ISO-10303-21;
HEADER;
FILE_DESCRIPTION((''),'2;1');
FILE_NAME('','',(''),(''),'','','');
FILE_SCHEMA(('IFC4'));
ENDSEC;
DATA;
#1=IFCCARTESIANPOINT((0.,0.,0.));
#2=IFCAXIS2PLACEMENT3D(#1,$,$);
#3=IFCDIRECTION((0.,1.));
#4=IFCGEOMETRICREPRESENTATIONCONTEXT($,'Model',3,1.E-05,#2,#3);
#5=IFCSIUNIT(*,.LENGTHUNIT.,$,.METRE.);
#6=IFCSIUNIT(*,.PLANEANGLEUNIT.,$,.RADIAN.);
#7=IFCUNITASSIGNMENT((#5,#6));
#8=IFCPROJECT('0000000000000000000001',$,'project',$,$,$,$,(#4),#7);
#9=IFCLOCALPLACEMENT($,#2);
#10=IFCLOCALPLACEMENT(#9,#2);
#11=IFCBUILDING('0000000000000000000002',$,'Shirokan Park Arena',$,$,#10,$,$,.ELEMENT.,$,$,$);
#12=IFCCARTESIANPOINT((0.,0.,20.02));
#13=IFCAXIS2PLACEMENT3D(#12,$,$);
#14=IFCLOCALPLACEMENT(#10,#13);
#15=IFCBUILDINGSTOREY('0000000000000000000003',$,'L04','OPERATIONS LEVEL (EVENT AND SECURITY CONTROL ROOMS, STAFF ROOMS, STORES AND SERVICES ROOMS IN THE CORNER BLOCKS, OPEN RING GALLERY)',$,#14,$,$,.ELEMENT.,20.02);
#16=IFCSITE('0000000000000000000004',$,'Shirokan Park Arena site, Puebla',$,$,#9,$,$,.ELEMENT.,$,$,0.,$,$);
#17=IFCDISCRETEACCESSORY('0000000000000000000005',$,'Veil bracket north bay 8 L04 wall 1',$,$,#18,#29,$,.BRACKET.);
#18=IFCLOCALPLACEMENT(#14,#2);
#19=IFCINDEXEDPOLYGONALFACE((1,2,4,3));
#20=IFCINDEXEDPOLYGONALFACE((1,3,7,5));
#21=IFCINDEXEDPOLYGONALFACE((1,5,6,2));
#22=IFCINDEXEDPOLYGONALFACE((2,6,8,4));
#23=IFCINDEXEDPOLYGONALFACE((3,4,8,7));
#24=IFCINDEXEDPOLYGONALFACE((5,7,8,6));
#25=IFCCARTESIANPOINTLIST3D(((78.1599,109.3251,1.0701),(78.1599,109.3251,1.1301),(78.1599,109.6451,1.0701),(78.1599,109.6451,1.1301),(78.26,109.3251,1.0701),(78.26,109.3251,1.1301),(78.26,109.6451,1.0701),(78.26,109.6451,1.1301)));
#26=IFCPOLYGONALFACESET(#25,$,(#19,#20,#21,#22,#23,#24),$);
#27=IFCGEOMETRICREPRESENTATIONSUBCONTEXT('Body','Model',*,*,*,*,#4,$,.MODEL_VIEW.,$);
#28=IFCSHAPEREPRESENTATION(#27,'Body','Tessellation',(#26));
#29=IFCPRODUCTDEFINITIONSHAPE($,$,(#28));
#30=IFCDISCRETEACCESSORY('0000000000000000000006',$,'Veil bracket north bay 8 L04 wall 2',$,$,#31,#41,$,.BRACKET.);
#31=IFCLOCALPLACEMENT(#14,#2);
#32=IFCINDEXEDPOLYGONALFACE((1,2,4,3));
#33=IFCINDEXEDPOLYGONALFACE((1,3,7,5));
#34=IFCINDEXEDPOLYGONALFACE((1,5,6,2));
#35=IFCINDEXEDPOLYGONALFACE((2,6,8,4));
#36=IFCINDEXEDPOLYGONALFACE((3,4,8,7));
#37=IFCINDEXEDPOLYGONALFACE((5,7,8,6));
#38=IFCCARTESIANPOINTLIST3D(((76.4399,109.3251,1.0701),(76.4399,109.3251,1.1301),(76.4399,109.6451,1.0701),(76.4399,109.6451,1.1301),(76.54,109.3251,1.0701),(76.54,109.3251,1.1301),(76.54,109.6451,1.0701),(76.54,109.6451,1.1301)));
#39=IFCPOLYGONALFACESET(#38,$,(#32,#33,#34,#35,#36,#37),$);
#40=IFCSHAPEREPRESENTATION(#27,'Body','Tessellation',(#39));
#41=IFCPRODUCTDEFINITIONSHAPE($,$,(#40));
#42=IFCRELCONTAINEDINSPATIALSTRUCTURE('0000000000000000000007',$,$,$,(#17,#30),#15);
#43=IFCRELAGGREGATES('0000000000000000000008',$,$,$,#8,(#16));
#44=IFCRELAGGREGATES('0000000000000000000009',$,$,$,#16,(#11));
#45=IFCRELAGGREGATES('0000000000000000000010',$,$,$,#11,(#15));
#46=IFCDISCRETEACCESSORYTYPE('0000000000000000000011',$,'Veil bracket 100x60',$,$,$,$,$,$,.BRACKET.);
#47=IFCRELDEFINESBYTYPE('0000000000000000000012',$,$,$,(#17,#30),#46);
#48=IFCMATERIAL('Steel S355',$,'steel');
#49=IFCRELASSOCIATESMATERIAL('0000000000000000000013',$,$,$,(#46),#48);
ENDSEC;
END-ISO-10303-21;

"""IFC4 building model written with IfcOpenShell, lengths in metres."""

from ifc_helpers import new_model, si_unit, direction, frame, origin, origin_2d, place, context, subcontext, project, spatial, rectangle, extrude, material, type_object, element, save


model = new_model("IFC4")

# Units and contexts
model_context = context("Model", 3, precision=1e-05, world=origin(), true_north=direction((0.0, 1.0)))
body_context = subcontext(model_context, "Body", "Model", "MODEL_VIEW")
ifc_project = project(units=[si_unit("LENGTHUNIT", "METRE"), si_unit("PLANEANGLEUNIT", "RADIAN")], contexts=[model_context])

# Site, building, storey
site_placement = place(None, origin())
site = spatial("IfcSite", under=ifc_project, at=site_placement, Name="Shirokan Park Arena site, Puebla", CompositionType="ELEMENT", RefElevation=0.0)
building_placement = place(site_placement, origin())
building = spatial("IfcBuilding", under=site, at=building_placement, Name="Shirokan Park Arena", CompositionType="ELEMENT")
storey_placement = place(building_placement, frame((0.0, 0.0, 20.02)))
storey = spatial("IfcBuildingStorey", under=building, at=storey_placement, Name="L04", Description="OPERATIONS LEVEL (EVENT AND SECURITY CONTROL ROOMS, STAFF ROOMS, STORES AND SERVICES ROOMS IN THE CORNER BLOCKS, OPEN RING GALLERY)", CompositionType="ELEMENT", Elevation=20.02)

# Shared definitions
ifc_material_1 = material(Name="Steel S355", Category="steel")

# Discrete accessories
discrete_accessory_type = type_object("IfcDiscreteAccessoryType", Name="Veil bracket 100x60", PredefinedType="BRACKET", material=ifc_material_1)
for number, where, z_axis, x_axis, name in (
    (1, (78.21, 109.4851, 1.0701), (0.0, 0.0, 1.0), (-1.0, 0.0, 0.0), "Veil bracket north bay 8 L04 wall 1"),
    (2, (76.49, 109.4851, 1.0701), (0.0, 0.0, 1.0), (-1.0, 0.0, 0.0), "Veil bracket north bay 8 L04 wall 2"),
):
    element("IfcDiscreteAccessory", number, at=place(storey_placement, frame(where, z_axis=z_axis, x_axis=x_axis)), inside=storey, type_object=discrete_accessory_type, Name=name, PredefinedType="BRACKET", context=body_context, shape_type="SweptSolid", body=[
        extrude(rectangle(XDim=0.1001, YDim=0.3201, at=origin_2d()), origin(), (0.0, 0.0, 1.0), 0.0601),
    ])

save(model, "model.ifc")
